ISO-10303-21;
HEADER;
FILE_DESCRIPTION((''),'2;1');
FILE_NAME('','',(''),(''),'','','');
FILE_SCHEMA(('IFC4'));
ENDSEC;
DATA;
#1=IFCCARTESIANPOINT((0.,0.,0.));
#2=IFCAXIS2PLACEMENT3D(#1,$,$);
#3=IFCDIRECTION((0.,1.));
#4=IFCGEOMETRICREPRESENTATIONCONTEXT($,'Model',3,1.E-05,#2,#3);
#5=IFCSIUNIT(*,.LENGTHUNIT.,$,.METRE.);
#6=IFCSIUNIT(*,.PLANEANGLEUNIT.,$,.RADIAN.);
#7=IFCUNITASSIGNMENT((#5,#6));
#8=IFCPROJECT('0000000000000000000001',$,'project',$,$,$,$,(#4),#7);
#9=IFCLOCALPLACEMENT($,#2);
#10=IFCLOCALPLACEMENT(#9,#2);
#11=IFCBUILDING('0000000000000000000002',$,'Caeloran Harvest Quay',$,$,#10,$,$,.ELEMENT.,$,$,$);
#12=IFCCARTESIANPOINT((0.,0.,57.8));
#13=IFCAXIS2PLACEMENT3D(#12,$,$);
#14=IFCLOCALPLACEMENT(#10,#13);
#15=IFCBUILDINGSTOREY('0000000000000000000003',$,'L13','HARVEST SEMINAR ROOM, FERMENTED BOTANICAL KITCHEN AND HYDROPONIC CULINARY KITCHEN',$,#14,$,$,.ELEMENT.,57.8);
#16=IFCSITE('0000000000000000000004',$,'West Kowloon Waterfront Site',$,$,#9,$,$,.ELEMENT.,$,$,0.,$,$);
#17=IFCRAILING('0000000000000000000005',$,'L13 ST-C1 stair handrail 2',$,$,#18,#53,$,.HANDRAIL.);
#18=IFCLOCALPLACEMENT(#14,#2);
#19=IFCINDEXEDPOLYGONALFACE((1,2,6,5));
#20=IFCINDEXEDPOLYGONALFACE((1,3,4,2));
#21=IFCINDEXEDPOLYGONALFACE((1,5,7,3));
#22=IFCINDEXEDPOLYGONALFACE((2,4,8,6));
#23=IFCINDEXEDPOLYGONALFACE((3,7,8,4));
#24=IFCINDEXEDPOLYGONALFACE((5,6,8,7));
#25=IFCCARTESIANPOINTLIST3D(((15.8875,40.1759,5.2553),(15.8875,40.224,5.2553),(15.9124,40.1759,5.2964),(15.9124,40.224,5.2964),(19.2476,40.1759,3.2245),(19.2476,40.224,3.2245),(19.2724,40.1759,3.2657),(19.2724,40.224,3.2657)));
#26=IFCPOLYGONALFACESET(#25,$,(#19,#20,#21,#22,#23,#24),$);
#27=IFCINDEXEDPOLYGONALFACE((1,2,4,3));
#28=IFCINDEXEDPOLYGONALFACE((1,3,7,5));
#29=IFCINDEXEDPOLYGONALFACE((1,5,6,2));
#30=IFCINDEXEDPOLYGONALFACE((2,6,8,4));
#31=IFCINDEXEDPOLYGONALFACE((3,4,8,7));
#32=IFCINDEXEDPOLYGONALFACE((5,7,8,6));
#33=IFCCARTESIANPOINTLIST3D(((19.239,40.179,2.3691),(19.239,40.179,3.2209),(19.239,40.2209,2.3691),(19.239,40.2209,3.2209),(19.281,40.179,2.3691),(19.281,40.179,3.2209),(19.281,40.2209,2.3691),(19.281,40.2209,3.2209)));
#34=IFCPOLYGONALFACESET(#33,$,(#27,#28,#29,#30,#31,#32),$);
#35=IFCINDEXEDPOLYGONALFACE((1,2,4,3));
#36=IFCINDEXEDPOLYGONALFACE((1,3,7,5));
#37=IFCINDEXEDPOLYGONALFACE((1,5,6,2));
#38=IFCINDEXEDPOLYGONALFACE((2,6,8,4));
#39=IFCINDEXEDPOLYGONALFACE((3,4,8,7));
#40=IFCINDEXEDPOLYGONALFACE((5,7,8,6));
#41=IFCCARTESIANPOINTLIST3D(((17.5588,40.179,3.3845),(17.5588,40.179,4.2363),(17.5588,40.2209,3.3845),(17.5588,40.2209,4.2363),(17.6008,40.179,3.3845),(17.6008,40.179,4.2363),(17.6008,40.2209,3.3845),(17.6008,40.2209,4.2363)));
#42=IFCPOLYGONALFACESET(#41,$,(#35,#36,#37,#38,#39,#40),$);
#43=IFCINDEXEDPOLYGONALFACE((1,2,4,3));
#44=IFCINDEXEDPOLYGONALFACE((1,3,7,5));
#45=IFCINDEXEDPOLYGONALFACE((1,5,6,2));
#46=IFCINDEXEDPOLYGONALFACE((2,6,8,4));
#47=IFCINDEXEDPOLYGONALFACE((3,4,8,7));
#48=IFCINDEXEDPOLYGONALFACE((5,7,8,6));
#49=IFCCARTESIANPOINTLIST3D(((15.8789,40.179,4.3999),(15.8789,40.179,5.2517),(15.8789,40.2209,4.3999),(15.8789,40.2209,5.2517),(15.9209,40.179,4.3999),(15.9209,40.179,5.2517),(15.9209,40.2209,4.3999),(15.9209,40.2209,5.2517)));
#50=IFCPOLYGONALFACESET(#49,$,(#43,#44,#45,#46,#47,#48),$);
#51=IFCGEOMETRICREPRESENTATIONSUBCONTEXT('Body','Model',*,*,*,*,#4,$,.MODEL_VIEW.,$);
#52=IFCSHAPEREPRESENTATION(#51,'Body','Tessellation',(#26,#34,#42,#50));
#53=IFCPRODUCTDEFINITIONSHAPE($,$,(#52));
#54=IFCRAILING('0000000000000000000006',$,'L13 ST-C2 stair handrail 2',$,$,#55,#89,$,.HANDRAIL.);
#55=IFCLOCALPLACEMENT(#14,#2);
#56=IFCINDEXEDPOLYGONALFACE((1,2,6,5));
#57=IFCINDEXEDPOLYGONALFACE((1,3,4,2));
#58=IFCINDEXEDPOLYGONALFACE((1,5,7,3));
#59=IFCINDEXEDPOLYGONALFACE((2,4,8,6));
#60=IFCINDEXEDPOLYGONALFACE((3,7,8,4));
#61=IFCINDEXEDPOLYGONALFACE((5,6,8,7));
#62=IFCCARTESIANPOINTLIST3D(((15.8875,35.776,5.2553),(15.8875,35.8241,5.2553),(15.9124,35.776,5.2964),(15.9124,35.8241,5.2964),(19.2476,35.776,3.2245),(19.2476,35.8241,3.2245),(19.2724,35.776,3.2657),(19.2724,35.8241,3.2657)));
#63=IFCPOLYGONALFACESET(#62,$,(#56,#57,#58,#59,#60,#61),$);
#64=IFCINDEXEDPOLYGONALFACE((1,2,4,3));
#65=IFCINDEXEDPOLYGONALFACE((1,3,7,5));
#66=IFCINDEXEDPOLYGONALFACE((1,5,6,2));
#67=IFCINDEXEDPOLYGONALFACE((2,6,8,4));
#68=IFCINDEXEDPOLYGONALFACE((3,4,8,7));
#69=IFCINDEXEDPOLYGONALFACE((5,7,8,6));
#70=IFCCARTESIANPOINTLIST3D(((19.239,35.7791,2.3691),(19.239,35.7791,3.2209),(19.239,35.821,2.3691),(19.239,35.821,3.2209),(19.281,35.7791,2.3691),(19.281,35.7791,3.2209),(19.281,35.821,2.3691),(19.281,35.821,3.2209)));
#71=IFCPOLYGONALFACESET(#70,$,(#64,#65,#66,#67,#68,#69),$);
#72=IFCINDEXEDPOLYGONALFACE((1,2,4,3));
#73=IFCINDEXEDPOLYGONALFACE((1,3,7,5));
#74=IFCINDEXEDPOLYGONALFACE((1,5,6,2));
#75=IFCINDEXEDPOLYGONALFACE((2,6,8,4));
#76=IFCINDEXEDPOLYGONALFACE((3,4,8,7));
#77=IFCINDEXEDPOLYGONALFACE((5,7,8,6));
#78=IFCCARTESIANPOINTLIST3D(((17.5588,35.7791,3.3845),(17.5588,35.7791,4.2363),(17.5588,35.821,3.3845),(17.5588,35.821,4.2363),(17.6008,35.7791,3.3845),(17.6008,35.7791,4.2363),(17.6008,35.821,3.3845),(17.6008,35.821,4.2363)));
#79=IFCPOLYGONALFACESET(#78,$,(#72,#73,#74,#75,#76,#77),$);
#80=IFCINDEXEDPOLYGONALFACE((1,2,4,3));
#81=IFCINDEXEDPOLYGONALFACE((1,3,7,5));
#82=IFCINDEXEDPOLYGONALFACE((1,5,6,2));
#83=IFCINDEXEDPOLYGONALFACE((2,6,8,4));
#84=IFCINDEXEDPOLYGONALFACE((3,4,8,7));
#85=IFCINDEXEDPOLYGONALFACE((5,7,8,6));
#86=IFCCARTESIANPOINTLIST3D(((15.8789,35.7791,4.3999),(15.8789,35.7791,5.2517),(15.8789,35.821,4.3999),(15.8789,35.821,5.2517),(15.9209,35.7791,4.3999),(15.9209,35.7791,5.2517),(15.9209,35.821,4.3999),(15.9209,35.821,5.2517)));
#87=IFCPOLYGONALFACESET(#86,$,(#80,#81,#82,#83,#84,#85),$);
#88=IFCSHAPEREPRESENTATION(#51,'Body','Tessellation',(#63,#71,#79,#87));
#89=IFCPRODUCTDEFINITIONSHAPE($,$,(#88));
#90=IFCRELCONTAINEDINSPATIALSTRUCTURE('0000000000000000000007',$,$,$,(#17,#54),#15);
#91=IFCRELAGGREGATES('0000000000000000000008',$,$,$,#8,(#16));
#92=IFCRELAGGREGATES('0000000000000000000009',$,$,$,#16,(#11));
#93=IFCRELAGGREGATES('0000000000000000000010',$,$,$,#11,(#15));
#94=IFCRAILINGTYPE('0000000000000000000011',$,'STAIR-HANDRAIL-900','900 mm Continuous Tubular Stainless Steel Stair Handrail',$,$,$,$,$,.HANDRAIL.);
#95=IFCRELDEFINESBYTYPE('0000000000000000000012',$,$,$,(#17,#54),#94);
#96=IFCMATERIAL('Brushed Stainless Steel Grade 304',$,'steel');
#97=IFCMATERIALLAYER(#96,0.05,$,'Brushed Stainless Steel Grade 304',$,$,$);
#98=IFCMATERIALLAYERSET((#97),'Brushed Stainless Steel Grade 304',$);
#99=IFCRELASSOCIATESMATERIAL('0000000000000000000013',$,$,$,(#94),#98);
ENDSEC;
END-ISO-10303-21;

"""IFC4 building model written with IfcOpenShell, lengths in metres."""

from ifc_helpers import new_model, si_unit, direction, frame, origin, origin_2d, place, context, subcontext, project, spatial, rectangle, extrude, material, layer, layer_set, type_object, element, save


model = new_model("IFC4")

# Units and contexts
model_context = context("Model", 3, precision=1e-05, world=origin(), true_north=direction((0.0, 1.0)))
body_context = subcontext(model_context, "Body", "Model", "MODEL_VIEW")
ifc_project = project(units=[si_unit("LENGTHUNIT", "METRE"), si_unit("PLANEANGLEUNIT", "RADIAN")], contexts=[model_context])

# Site, building, storey
site_placement = place(None, origin())
site = spatial("IfcSite", under=ifc_project, at=site_placement, Name="West Kowloon Waterfront Site", CompositionType="ELEMENT", RefElevation=0.0)
building_placement = place(site_placement, origin())
building = spatial("IfcBuilding", under=site, at=building_placement, Name="Caeloran Harvest Quay", CompositionType="ELEMENT")
storey_placement = place(building_placement, frame((0.0, 0.0, 57.8)))
storey = spatial("IfcBuildingStorey", under=building, at=storey_placement, Name="L13", Description="HARVEST SEMINAR ROOM, FERMENTED BOTANICAL KITCHEN AND HYDROPONIC CULINARY KITCHEN", CompositionType="ELEMENT", Elevation=57.8)

# Railings
ifc_material_1 = material(Name="Brushed Stainless Steel Grade 304", Category="steel")
ifc_layer_1 = layer(ifc_material_1, 0.05, Name="Brushed Stainless Steel Grade 304")
ifc_layer_set_1 = layer_set([ifc_layer_1], Name="Brushed Stainless Steel Grade 304")
railing_type_1 = type_object("IfcRailingType", Name="STAIR-HANDRAIL-900", Description="900 mm Continuous Tubular Stainless Steel Stair Handrail", PredefinedType="HANDRAIL", material=ifc_layer_set_1)
for number, where, name in (
    (1, (19.26, 40.2, 2.3691), "L13 ST-C1 stair handrail 2"),
    (2, (19.26, 35.8, 2.3691), "L13 ST-C2 stair handrail 2"),
):
    element("IfcRailing", number, at=place(storey_placement, frame(where)), inside=storey, type_object=railing_type_1, Name=name, PredefinedType="HANDRAIL", context=body_context, shape_type="SweptSolid", body=[
        extrude(rectangle(XDim=0.0481, YDim=0.0481, at=origin_2d()), frame((0.0, 0.0, 0.876), z_axis=(-0.855837, 0.0, 0.517246), x_axis=(0.0, -1.0, 0.0)), (0.0, 0.0, 1.0), 3.926),
        extrude(rectangle(XDim=0.042, YDim=0.042, at=origin_2d()), origin(), (0.0, 0.0, 1.0), 0.8518),
        extrude(rectangle(XDim=0.042, YDim=0.042, at=origin_2d()), frame((-1.6802, 0.0, 1.0154)), (0.0, 0.0, 1.0), 0.8518),
        extrude(rectangle(XDim=0.042, YDim=0.042, at=origin_2d()), frame((-3.3601, 0.0, 2.0308)), (0.0, 0.0, 1.0), 0.8518),
    ])

save(model, "model.ifc")
